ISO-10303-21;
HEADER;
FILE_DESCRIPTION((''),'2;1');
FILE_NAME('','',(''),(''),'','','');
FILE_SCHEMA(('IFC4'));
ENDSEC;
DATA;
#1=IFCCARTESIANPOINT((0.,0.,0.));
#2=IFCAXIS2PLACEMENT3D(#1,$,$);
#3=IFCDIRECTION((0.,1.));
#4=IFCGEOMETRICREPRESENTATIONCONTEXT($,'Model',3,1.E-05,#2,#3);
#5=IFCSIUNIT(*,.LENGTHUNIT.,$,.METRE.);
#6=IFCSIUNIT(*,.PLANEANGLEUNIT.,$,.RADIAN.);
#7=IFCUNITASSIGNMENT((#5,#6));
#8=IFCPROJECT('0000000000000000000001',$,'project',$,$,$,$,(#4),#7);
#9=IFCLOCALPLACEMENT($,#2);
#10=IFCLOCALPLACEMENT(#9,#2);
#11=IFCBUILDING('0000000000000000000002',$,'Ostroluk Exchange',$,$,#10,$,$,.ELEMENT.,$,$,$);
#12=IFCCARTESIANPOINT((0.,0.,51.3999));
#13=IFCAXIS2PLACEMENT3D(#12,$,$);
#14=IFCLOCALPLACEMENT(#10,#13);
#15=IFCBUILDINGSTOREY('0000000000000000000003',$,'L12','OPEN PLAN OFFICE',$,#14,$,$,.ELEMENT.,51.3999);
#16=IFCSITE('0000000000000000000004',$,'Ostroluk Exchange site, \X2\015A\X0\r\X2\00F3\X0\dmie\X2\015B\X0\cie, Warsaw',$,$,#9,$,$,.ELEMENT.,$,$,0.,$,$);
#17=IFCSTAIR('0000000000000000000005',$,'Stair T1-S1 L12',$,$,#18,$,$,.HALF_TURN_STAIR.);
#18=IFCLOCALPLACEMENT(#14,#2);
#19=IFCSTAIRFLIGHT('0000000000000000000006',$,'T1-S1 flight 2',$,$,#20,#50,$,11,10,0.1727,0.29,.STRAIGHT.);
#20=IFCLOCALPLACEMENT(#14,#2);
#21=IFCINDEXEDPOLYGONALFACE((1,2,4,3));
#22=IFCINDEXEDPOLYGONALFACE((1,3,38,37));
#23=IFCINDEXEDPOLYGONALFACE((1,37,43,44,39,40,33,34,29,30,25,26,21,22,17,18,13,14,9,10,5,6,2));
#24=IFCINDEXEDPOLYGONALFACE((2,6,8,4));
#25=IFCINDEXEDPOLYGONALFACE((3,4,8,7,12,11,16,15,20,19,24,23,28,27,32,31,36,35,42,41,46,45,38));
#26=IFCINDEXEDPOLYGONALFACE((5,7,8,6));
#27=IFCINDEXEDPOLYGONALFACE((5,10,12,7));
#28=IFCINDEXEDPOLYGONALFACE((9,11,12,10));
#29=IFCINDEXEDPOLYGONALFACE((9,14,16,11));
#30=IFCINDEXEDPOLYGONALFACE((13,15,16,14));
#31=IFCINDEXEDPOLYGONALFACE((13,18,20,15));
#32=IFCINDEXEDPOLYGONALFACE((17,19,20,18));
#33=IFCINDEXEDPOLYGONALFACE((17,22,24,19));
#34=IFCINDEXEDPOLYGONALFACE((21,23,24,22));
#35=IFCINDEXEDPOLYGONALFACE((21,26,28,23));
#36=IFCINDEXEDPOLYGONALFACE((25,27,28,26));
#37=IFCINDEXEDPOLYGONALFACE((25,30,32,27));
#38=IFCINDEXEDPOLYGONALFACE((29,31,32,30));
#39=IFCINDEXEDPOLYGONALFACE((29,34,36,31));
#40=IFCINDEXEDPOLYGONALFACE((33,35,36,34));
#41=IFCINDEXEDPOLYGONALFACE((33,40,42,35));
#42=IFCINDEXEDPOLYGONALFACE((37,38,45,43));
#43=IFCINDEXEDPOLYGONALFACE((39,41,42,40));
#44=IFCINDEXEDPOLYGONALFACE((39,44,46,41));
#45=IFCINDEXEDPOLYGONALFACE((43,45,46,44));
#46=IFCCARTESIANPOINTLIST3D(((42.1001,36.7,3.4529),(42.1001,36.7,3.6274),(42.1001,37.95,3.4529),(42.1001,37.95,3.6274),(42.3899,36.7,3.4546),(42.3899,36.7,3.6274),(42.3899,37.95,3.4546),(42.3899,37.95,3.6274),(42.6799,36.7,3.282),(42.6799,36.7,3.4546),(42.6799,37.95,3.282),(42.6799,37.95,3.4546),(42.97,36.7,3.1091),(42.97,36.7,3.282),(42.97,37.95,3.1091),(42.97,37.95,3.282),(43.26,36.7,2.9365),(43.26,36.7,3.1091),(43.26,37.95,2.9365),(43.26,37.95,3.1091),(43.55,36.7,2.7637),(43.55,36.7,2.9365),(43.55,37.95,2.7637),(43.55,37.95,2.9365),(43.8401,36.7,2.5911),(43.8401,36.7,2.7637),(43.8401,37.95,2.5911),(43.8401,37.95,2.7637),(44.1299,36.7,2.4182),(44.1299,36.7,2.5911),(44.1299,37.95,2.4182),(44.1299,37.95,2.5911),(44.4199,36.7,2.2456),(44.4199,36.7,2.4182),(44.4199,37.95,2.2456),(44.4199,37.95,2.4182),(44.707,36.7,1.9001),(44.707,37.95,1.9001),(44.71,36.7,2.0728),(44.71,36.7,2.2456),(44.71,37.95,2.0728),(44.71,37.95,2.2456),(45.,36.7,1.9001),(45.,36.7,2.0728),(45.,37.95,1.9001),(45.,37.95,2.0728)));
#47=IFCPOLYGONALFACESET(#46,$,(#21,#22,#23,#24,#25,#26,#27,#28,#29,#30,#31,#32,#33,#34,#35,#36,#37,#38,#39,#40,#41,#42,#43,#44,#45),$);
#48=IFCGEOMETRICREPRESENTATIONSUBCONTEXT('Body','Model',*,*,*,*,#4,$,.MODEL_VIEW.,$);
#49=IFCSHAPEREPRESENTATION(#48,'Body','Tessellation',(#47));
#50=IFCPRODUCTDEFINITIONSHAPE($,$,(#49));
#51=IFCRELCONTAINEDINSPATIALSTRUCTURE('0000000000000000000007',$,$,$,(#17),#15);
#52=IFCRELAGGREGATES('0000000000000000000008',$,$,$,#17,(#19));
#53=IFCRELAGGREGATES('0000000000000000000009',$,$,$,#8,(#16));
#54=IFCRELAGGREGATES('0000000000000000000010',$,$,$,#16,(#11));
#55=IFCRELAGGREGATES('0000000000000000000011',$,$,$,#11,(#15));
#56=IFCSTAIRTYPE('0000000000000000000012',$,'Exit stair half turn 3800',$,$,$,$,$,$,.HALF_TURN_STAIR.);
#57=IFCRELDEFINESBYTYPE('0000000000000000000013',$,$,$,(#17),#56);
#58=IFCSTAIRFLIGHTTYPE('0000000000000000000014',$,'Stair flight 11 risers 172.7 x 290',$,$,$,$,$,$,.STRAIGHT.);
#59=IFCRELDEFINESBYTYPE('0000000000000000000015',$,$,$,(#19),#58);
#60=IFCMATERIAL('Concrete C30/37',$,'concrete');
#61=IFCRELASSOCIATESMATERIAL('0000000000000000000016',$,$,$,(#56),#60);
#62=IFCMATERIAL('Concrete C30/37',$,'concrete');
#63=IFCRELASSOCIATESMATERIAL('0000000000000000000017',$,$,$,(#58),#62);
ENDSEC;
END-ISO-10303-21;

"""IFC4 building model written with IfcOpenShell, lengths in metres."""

from ifc_helpers import new_model, si_unit, direction, frame, origin, place, context, subcontext, project, spatial, polyline, outline, extrude, material, type_object, element, aggregate, save


model = new_model("IFC4")

# Units and contexts
model_context = context("Model", 3, precision=1e-05, world=origin(), true_north=direction((0.0, 1.0)))
body_context = subcontext(model_context, "Body", "Model", "MODEL_VIEW")
ifc_project = project(units=[si_unit("LENGTHUNIT", "METRE"), si_unit("PLANEANGLEUNIT", "RADIAN")], contexts=[model_context])

# Site, building, storey
site_placement = place(None, origin())
site = spatial("IfcSite", under=ifc_project, at=site_placement, Name="Ostroluk Exchange site, Śródmieście, Warsaw", CompositionType="ELEMENT", RefElevation=0.0)
building_placement = place(site_placement, origin())
building = spatial("IfcBuilding", under=site, at=building_placement, Name="Ostroluk Exchange", CompositionType="ELEMENT")
storey_placement = place(building_placement, frame((0.0, 0.0, 51.3999)))
storey = spatial("IfcBuildingStorey", under=building, at=storey_placement, Name="L12", Description="OPEN PLAN OFFICE", CompositionType="ELEMENT", Elevation=51.3999)

# Stair, stair flight
ifc_material_1 = material(Name="Concrete C30/37", Category="concrete")
stair_type = type_object("IfcStairType", Name="Exit stair half turn 3800", PredefinedType="HALF_TURN_STAIR", material=ifc_material_1)
stair_placement = place(storey_placement, origin())
stair = element("IfcStair", 1, at=stair_placement, inside=storey, type_object=stair_type, Name="Stair T1-S1 L12", PredefinedType="HALF_TURN_STAIR")
ifc_material_2 = material(Name="Concrete C30/37", Category="concrete")
stair_flight_type = type_object("IfcStairFlightType", Name="Stair flight 11 risers 172.7 x 290", PredefinedType="STRAIGHT", material=ifc_material_2)
stair_flight_1_placement = place(storey_placement, frame((45.0, 37.325, 1.9001), z_axis=(0.0, 0.0, 1.0), x_axis=(-1.0, 0.0, 0.0)))
stair_flight_1 = element("IfcStairFlight", 2, at=stair_flight_1_placement, type_object=stair_flight_type, Name="T1-S1 flight 2", NumberOfRisers=11, NumberOfTreads=10, PredefinedType="STRAIGHT", RiserHeight=0.1727, TreadLength=0.29, context=body_context, shape_type="SweptSolid", body=[
    extrude(outline(polyline([(0.0, 0.0), (0.0, 0.1726), (0.29, 0.1726), (0.29, 0.3455), (0.5801, 0.3455), (0.5801, 0.5181), (0.8701, 0.5181), (0.8701, 0.6909), (1.1599, 0.6909), (1.1599, 0.8635), (1.45, 0.8635), (1.45, 1.0364), (1.74, 1.0364), (1.74, 1.209), (2.03, 1.209), (2.03, 1.3818), (2.3201, 1.3818), (2.3201, 1.5544), (2.6101, 1.5544), (2.6101, 1.7273), (2.8999, 1.7273), (2.8999, 1.8999), (2.8999, 1.5527), (0.293, 0.0), (0.0, 0.0)])), frame((0.0, 0.625, 0.0), z_axis=(0.0, -1.0, 0.0), x_axis=(1.0, 0.0, 0.0)), (0.0, 0.0, 1.0), 1.25),
])
aggregate(stair, [stair_flight_1])

save(model, "model.ifc")
